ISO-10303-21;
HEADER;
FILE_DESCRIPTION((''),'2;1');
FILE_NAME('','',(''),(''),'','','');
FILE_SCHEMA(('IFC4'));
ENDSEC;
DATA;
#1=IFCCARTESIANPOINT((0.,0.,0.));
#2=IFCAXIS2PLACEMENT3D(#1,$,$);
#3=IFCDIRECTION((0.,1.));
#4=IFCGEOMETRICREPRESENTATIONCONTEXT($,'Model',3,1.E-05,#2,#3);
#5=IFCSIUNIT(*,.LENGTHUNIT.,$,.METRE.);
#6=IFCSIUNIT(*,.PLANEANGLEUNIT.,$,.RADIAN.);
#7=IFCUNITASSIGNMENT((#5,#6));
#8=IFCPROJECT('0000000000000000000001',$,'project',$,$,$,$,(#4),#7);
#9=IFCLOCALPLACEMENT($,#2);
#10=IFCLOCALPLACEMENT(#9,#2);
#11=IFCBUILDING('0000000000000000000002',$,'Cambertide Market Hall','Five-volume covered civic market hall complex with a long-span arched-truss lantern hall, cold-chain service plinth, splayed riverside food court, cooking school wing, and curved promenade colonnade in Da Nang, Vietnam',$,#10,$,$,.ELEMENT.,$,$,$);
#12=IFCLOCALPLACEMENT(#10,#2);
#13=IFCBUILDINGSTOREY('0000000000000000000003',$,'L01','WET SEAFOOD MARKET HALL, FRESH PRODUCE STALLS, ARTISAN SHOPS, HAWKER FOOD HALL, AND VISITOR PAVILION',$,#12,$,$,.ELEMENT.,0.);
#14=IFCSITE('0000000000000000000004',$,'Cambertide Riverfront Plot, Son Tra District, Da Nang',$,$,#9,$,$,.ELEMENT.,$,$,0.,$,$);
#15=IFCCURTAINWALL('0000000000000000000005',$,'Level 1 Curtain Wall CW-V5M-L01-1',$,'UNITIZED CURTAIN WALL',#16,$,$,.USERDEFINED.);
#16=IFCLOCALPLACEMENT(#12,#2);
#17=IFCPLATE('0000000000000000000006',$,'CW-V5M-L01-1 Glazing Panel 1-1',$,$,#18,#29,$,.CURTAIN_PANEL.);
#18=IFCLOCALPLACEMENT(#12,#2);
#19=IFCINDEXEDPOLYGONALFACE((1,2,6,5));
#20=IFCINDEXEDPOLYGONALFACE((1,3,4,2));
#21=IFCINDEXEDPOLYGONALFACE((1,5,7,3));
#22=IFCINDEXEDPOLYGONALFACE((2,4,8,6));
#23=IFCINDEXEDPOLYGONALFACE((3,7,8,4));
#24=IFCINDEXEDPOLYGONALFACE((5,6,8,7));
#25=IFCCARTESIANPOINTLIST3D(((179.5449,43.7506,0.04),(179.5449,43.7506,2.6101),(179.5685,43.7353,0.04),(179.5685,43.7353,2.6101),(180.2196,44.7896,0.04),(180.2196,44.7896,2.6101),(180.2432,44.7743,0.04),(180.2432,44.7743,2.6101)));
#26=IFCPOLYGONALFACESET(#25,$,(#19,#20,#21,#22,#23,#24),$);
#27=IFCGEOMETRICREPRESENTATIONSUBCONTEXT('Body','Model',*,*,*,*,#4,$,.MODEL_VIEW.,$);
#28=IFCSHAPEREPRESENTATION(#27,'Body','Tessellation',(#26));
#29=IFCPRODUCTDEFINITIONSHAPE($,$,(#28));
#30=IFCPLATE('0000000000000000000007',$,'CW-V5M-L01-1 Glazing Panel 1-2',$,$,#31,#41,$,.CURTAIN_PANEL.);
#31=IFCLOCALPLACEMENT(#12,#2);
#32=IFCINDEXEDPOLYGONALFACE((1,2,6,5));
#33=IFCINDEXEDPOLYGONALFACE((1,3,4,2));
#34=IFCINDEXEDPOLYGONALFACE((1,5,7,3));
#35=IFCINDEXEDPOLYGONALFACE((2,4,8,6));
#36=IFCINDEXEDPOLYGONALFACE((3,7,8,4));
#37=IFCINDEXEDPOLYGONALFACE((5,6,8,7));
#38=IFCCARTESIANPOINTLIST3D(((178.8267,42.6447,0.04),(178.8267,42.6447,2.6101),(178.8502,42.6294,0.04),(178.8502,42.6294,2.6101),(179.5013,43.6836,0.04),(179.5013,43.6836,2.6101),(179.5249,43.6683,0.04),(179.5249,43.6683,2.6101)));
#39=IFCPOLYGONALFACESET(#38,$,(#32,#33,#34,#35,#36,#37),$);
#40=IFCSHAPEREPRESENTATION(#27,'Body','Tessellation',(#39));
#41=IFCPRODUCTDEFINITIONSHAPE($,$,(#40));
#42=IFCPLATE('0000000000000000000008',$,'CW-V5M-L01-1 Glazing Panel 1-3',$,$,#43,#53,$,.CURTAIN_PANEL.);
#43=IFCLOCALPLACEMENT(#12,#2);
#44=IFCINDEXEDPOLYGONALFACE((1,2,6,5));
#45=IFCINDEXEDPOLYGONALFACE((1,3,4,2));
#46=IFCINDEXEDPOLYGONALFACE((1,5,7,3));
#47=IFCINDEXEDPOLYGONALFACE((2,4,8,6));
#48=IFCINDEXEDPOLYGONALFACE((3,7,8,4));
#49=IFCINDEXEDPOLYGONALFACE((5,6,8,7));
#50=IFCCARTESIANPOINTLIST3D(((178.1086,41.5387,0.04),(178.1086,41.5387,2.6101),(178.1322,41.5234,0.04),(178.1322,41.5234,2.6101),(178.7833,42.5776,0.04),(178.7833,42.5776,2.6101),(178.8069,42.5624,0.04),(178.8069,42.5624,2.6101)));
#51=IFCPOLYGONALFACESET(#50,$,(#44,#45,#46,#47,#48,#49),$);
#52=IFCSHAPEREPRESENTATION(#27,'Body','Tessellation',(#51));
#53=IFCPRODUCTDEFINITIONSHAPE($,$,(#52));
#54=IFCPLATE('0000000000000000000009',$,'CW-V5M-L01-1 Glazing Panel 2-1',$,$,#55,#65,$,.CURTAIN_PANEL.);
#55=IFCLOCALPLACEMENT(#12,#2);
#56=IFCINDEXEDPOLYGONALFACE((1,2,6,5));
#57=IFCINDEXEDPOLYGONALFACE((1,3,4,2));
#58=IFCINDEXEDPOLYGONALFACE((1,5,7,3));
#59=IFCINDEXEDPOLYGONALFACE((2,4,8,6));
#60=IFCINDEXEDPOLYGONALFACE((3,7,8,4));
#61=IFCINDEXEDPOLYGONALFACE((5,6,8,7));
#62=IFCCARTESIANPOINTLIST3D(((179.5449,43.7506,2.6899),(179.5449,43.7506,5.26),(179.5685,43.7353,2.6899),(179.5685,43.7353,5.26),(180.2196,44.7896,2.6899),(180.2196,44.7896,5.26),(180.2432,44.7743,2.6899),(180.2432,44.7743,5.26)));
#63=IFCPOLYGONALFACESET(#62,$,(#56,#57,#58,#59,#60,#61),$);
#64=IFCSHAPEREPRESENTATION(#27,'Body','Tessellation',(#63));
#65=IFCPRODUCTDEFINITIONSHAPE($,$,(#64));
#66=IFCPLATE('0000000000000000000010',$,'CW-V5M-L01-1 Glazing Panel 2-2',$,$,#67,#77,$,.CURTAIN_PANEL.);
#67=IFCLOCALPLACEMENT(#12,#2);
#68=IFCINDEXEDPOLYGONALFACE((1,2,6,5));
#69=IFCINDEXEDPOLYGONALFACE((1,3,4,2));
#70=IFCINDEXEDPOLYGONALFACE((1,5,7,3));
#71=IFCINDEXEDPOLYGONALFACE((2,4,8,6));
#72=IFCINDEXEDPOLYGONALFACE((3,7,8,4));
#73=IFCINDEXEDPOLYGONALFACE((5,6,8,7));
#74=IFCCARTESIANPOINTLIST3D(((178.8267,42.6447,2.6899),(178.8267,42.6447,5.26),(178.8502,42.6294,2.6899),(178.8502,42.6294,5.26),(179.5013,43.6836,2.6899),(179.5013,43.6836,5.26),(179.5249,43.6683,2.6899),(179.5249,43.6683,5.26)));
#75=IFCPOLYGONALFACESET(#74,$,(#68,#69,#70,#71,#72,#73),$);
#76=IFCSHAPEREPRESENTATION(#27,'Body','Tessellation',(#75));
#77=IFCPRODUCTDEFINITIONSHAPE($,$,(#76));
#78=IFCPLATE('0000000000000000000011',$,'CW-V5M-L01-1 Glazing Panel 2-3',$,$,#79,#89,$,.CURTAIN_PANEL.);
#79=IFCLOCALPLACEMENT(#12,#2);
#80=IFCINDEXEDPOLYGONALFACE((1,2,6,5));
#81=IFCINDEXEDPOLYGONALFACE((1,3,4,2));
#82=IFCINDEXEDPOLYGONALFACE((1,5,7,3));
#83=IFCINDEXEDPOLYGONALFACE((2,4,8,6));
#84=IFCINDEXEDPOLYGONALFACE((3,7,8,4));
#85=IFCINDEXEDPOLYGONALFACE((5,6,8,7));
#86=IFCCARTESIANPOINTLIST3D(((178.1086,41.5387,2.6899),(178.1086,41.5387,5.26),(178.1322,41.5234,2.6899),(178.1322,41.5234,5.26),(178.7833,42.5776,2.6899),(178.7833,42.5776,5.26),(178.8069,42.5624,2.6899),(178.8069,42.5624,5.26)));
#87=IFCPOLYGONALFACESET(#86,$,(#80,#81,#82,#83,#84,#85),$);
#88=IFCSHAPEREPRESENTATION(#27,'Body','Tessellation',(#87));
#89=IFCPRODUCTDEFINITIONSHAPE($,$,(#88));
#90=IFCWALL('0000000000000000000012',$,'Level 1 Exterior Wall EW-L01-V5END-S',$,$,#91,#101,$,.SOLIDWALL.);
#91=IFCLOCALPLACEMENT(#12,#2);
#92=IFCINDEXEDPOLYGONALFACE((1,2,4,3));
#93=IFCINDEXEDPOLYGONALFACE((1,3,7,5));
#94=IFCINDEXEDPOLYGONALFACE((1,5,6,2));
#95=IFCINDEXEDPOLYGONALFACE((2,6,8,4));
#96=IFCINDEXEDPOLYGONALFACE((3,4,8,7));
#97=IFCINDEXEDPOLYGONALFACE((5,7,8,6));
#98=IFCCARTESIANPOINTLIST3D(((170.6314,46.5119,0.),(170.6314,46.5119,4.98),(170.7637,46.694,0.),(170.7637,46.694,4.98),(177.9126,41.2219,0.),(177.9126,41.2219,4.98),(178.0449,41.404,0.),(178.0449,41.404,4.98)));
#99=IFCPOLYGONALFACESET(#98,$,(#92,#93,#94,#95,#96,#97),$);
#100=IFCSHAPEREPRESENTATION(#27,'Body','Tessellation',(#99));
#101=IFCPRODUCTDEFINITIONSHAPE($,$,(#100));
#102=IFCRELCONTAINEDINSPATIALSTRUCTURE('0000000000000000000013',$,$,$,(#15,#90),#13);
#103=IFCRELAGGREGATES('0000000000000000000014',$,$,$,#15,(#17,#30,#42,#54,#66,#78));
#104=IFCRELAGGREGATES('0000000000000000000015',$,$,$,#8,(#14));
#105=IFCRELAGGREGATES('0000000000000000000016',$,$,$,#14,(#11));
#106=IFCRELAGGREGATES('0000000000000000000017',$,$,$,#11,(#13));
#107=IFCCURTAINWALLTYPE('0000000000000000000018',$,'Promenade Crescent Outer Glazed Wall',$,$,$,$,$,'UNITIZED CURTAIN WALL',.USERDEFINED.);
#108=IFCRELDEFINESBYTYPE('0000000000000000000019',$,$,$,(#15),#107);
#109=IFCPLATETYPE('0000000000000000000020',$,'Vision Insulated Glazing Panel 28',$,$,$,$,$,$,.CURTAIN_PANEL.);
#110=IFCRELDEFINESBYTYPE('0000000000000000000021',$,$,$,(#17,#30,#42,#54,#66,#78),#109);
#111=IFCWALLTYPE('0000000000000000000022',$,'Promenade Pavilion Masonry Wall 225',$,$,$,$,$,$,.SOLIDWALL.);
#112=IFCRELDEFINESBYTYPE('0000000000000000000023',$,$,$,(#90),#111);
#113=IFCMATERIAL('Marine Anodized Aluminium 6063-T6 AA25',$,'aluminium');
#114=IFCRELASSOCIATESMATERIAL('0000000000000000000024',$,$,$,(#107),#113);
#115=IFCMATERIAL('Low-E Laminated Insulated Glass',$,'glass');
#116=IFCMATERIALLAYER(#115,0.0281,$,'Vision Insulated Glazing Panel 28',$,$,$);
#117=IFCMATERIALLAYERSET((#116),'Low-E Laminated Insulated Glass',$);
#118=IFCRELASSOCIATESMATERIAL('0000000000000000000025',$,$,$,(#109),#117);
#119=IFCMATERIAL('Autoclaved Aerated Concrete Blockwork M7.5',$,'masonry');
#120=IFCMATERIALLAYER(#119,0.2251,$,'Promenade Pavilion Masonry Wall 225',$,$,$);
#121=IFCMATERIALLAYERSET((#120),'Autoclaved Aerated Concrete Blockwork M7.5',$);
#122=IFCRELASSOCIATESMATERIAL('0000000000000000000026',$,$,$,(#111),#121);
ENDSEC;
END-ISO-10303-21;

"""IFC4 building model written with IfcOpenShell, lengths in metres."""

from ifc_helpers import new_model, si_unit, direction, frame, frame_2d, origin, origin_2d, place, context, subcontext, project, spatial, rectangle, extrude, material, layer, layer_set, type_object, element, aggregate, save


model = new_model("IFC4")

# Units and contexts
model_context = context("Model", 3, precision=1e-05, world=origin(), true_north=direction((0.0, 1.0)))
body_context = subcontext(model_context, "Body", "Model", "MODEL_VIEW")
ifc_project = project(units=[si_unit("LENGTHUNIT", "METRE"), si_unit("PLANEANGLEUNIT", "RADIAN")], contexts=[model_context])

# Site, building, storey
site_placement = place(None, origin())
site = spatial("IfcSite", under=ifc_project, at=site_placement, Name="Cambertide Riverfront Plot, Son Tra District, Da Nang", CompositionType="ELEMENT", RefElevation=0.0)
building_placement = place(site_placement, origin())
building = spatial("IfcBuilding", under=site, at=building_placement, Name="Cambertide Market Hall", Description="Five-volume covered civic market hall complex with a long-span arched-truss lantern hall, cold-chain service plinth, splayed riverside food court, cooking school wing, and curved promenade colonnade in Da Nang, Vietnam", CompositionType="ELEMENT")
storey_placement = place(building_placement, origin())
storey = spatial("IfcBuildingStorey", under=building, at=storey_placement, Name="L01", Description="WET SEAFOOD MARKET HALL, FRESH PRODUCE STALLS, ARTISAN SHOPS, HAWKER FOOD HALL, AND VISITOR PAVILION", CompositionType="ELEMENT", Elevation=0.0)

# Curtain wall
ifc_material_1 = material(Name="Marine Anodized Aluminium 6063-T6 AA25", Category="aluminium")
curtain_wall_type = type_object("IfcCurtainWallType", Name="Promenade Crescent Outer Glazed Wall", ElementType="UNITIZED CURTAIN WALL", PredefinedType="USERDEFINED", material=ifc_material_1)
curtain_wall_placement = place(storey_placement, origin())
curtain_wall = element("IfcCurtainWall", 1, at=curtain_wall_placement, inside=storey, type_object=curtain_wall_type, Name="Level 1 Curtain Wall CW-V5M-L01-1", ObjectType="UNITIZED CURTAIN WALL", PredefinedType="USERDEFINED")

# Plates
ifc_material_2 = material(Name="Low-E Laminated Insulated Glass", Category="glass")
ifc_layer_1 = layer(ifc_material_2, 0.0281, Name="Vision Insulated Glazing Panel 28")
ifc_layer_set_1 = layer_set([ifc_layer_1], Name="Low-E Laminated Insulated Glass")
plate_type = type_object("IfcPlateType", Name="Vision Insulated Glazing Panel 28", PredefinedType="CURTAIN_PANEL", material=ifc_layer_set_1)
plate_1_placement = place(storey_placement, frame((179.894, 44.2625, 0.04), z_axis=(0.0, 0.0, 1.0), x_axis=(-0.544639, -0.838671, 0.0)))
plate_1 = element("IfcPlate", 2, at=plate_1_placement, type_object=plate_type, Name="CW-V5M-L01-1 Glazing Panel 1-1", PredefinedType="CURTAIN_PANEL", context=body_context, shape_type="SweptSolid", body=[
    extrude(rectangle(XDim=1.2388, YDim=0.0281, at=origin_2d()), origin(), (0.0, 0.0, 1.0), 2.5701),
])
plate_2_placement = place(storey_placement, frame((179.1758, 43.1565, 0.04), z_axis=(0.0, 0.0, 1.0), x_axis=(-0.544639, -0.838671, 0.0)))
plate_2 = element("IfcPlate", 3, at=plate_2_placement, type_object=plate_type, Name="CW-V5M-L01-1 Glazing Panel 1-2", PredefinedType="CURTAIN_PANEL", context=body_context, shape_type="SweptSolid", body=[
    extrude(rectangle(XDim=1.2388, YDim=0.0281, at=origin_2d()), origin(), (0.0, 0.0, 1.0), 2.5701),
])
plate_3_placement = place(storey_placement, frame((178.4578, 42.0505, 0.04), z_axis=(0.0, 0.0, 1.0), x_axis=(-0.544639, -0.838671, 0.0)))
plate_3 = element("IfcPlate", 4, at=plate_3_placement, type_object=plate_type, Name="CW-V5M-L01-1 Glazing Panel 1-3", PredefinedType="CURTAIN_PANEL", context=body_context, shape_type="SweptSolid", body=[
    extrude(rectangle(XDim=1.2388, YDim=0.0281, at=origin_2d()), origin(), (0.0, 0.0, 1.0), 2.5701),
])
plate_4_placement = place(storey_placement, frame((179.894, 44.2625, 2.6899), z_axis=(0.0, 0.0, 1.0), x_axis=(-0.544639, -0.838671, 0.0)))
plate_4 = element("IfcPlate", 5, at=plate_4_placement, type_object=plate_type, Name="CW-V5M-L01-1 Glazing Panel 2-1", PredefinedType="CURTAIN_PANEL", context=body_context, shape_type="SweptSolid", body=[
    extrude(rectangle(XDim=1.2388, YDim=0.0281, at=origin_2d()), origin(), (0.0, 0.0, 1.0), 2.5701),
])
plate_5_placement = place(storey_placement, frame((179.1758, 43.1565, 2.6899), z_axis=(0.0, 0.0, 1.0), x_axis=(-0.544639, -0.838671, 0.0)))
plate_5 = element("IfcPlate", 6, at=plate_5_placement, type_object=plate_type, Name="CW-V5M-L01-1 Glazing Panel 2-2", PredefinedType="CURTAIN_PANEL", context=body_context, shape_type="SweptSolid", body=[
    extrude(rectangle(XDim=1.2388, YDim=0.0281, at=origin_2d()), origin(), (0.0, 0.0, 1.0), 2.5701),
])
plate_6_placement = place(storey_placement, frame((178.4578, 42.0505, 2.6899), z_axis=(0.0, 0.0, 1.0), x_axis=(-0.544639, -0.838671, 0.0)))
plate_6 = element("IfcPlate", 7, at=plate_6_placement, type_object=plate_type, Name="CW-V5M-L01-1 Glazing Panel 2-3", PredefinedType="CURTAIN_PANEL", context=body_context, shape_type="SweptSolid", body=[
    extrude(rectangle(XDim=1.2388, YDim=0.0281, at=origin_2d()), origin(), (0.0, 0.0, 1.0), 2.5701),
])
aggregate(curtain_wall, [plate_1, plate_2, plate_3, plate_4, plate_5, plate_6])

# Wall
ifc_material_3 = material(Name="Autoclaved Aerated Concrete Blockwork M7.5", Category="masonry")
ifc_layer_2 = layer(ifc_material_3, 0.2251, Name="Promenade Pavilion Masonry Wall 225")
ifc_layer_set_2 = layer_set([ifc_layer_2], Name="Autoclaved Aerated Concrete Blockwork M7.5")
wall_type = type_object("IfcWallType", Name="Promenade Pavilion Masonry Wall 225", PredefinedType="SOLIDWALL", material=ifc_layer_set_2)
wall_placement = place(storey_placement, frame((177.9788, 41.313, 0.0), z_axis=(0.0, 0.0, 1.0), x_axis=(-0.809022, 0.587778, 0.0)))
element("IfcWall", 8, at=wall_placement, inside=storey, type_object=wall_type, Name="Level 1 Exterior Wall EW-L01-V5END-S", PredefinedType="SOLIDWALL", context=body_context, shape_type="SweptSolid", body=[
    extrude(rectangle(XDim=9.0, YDim=0.2251, at=frame_2d((4.5, 0.0))), origin(), (0.0, 0.0, 1.0), 4.98),
])

save(model, "model.ifc")
